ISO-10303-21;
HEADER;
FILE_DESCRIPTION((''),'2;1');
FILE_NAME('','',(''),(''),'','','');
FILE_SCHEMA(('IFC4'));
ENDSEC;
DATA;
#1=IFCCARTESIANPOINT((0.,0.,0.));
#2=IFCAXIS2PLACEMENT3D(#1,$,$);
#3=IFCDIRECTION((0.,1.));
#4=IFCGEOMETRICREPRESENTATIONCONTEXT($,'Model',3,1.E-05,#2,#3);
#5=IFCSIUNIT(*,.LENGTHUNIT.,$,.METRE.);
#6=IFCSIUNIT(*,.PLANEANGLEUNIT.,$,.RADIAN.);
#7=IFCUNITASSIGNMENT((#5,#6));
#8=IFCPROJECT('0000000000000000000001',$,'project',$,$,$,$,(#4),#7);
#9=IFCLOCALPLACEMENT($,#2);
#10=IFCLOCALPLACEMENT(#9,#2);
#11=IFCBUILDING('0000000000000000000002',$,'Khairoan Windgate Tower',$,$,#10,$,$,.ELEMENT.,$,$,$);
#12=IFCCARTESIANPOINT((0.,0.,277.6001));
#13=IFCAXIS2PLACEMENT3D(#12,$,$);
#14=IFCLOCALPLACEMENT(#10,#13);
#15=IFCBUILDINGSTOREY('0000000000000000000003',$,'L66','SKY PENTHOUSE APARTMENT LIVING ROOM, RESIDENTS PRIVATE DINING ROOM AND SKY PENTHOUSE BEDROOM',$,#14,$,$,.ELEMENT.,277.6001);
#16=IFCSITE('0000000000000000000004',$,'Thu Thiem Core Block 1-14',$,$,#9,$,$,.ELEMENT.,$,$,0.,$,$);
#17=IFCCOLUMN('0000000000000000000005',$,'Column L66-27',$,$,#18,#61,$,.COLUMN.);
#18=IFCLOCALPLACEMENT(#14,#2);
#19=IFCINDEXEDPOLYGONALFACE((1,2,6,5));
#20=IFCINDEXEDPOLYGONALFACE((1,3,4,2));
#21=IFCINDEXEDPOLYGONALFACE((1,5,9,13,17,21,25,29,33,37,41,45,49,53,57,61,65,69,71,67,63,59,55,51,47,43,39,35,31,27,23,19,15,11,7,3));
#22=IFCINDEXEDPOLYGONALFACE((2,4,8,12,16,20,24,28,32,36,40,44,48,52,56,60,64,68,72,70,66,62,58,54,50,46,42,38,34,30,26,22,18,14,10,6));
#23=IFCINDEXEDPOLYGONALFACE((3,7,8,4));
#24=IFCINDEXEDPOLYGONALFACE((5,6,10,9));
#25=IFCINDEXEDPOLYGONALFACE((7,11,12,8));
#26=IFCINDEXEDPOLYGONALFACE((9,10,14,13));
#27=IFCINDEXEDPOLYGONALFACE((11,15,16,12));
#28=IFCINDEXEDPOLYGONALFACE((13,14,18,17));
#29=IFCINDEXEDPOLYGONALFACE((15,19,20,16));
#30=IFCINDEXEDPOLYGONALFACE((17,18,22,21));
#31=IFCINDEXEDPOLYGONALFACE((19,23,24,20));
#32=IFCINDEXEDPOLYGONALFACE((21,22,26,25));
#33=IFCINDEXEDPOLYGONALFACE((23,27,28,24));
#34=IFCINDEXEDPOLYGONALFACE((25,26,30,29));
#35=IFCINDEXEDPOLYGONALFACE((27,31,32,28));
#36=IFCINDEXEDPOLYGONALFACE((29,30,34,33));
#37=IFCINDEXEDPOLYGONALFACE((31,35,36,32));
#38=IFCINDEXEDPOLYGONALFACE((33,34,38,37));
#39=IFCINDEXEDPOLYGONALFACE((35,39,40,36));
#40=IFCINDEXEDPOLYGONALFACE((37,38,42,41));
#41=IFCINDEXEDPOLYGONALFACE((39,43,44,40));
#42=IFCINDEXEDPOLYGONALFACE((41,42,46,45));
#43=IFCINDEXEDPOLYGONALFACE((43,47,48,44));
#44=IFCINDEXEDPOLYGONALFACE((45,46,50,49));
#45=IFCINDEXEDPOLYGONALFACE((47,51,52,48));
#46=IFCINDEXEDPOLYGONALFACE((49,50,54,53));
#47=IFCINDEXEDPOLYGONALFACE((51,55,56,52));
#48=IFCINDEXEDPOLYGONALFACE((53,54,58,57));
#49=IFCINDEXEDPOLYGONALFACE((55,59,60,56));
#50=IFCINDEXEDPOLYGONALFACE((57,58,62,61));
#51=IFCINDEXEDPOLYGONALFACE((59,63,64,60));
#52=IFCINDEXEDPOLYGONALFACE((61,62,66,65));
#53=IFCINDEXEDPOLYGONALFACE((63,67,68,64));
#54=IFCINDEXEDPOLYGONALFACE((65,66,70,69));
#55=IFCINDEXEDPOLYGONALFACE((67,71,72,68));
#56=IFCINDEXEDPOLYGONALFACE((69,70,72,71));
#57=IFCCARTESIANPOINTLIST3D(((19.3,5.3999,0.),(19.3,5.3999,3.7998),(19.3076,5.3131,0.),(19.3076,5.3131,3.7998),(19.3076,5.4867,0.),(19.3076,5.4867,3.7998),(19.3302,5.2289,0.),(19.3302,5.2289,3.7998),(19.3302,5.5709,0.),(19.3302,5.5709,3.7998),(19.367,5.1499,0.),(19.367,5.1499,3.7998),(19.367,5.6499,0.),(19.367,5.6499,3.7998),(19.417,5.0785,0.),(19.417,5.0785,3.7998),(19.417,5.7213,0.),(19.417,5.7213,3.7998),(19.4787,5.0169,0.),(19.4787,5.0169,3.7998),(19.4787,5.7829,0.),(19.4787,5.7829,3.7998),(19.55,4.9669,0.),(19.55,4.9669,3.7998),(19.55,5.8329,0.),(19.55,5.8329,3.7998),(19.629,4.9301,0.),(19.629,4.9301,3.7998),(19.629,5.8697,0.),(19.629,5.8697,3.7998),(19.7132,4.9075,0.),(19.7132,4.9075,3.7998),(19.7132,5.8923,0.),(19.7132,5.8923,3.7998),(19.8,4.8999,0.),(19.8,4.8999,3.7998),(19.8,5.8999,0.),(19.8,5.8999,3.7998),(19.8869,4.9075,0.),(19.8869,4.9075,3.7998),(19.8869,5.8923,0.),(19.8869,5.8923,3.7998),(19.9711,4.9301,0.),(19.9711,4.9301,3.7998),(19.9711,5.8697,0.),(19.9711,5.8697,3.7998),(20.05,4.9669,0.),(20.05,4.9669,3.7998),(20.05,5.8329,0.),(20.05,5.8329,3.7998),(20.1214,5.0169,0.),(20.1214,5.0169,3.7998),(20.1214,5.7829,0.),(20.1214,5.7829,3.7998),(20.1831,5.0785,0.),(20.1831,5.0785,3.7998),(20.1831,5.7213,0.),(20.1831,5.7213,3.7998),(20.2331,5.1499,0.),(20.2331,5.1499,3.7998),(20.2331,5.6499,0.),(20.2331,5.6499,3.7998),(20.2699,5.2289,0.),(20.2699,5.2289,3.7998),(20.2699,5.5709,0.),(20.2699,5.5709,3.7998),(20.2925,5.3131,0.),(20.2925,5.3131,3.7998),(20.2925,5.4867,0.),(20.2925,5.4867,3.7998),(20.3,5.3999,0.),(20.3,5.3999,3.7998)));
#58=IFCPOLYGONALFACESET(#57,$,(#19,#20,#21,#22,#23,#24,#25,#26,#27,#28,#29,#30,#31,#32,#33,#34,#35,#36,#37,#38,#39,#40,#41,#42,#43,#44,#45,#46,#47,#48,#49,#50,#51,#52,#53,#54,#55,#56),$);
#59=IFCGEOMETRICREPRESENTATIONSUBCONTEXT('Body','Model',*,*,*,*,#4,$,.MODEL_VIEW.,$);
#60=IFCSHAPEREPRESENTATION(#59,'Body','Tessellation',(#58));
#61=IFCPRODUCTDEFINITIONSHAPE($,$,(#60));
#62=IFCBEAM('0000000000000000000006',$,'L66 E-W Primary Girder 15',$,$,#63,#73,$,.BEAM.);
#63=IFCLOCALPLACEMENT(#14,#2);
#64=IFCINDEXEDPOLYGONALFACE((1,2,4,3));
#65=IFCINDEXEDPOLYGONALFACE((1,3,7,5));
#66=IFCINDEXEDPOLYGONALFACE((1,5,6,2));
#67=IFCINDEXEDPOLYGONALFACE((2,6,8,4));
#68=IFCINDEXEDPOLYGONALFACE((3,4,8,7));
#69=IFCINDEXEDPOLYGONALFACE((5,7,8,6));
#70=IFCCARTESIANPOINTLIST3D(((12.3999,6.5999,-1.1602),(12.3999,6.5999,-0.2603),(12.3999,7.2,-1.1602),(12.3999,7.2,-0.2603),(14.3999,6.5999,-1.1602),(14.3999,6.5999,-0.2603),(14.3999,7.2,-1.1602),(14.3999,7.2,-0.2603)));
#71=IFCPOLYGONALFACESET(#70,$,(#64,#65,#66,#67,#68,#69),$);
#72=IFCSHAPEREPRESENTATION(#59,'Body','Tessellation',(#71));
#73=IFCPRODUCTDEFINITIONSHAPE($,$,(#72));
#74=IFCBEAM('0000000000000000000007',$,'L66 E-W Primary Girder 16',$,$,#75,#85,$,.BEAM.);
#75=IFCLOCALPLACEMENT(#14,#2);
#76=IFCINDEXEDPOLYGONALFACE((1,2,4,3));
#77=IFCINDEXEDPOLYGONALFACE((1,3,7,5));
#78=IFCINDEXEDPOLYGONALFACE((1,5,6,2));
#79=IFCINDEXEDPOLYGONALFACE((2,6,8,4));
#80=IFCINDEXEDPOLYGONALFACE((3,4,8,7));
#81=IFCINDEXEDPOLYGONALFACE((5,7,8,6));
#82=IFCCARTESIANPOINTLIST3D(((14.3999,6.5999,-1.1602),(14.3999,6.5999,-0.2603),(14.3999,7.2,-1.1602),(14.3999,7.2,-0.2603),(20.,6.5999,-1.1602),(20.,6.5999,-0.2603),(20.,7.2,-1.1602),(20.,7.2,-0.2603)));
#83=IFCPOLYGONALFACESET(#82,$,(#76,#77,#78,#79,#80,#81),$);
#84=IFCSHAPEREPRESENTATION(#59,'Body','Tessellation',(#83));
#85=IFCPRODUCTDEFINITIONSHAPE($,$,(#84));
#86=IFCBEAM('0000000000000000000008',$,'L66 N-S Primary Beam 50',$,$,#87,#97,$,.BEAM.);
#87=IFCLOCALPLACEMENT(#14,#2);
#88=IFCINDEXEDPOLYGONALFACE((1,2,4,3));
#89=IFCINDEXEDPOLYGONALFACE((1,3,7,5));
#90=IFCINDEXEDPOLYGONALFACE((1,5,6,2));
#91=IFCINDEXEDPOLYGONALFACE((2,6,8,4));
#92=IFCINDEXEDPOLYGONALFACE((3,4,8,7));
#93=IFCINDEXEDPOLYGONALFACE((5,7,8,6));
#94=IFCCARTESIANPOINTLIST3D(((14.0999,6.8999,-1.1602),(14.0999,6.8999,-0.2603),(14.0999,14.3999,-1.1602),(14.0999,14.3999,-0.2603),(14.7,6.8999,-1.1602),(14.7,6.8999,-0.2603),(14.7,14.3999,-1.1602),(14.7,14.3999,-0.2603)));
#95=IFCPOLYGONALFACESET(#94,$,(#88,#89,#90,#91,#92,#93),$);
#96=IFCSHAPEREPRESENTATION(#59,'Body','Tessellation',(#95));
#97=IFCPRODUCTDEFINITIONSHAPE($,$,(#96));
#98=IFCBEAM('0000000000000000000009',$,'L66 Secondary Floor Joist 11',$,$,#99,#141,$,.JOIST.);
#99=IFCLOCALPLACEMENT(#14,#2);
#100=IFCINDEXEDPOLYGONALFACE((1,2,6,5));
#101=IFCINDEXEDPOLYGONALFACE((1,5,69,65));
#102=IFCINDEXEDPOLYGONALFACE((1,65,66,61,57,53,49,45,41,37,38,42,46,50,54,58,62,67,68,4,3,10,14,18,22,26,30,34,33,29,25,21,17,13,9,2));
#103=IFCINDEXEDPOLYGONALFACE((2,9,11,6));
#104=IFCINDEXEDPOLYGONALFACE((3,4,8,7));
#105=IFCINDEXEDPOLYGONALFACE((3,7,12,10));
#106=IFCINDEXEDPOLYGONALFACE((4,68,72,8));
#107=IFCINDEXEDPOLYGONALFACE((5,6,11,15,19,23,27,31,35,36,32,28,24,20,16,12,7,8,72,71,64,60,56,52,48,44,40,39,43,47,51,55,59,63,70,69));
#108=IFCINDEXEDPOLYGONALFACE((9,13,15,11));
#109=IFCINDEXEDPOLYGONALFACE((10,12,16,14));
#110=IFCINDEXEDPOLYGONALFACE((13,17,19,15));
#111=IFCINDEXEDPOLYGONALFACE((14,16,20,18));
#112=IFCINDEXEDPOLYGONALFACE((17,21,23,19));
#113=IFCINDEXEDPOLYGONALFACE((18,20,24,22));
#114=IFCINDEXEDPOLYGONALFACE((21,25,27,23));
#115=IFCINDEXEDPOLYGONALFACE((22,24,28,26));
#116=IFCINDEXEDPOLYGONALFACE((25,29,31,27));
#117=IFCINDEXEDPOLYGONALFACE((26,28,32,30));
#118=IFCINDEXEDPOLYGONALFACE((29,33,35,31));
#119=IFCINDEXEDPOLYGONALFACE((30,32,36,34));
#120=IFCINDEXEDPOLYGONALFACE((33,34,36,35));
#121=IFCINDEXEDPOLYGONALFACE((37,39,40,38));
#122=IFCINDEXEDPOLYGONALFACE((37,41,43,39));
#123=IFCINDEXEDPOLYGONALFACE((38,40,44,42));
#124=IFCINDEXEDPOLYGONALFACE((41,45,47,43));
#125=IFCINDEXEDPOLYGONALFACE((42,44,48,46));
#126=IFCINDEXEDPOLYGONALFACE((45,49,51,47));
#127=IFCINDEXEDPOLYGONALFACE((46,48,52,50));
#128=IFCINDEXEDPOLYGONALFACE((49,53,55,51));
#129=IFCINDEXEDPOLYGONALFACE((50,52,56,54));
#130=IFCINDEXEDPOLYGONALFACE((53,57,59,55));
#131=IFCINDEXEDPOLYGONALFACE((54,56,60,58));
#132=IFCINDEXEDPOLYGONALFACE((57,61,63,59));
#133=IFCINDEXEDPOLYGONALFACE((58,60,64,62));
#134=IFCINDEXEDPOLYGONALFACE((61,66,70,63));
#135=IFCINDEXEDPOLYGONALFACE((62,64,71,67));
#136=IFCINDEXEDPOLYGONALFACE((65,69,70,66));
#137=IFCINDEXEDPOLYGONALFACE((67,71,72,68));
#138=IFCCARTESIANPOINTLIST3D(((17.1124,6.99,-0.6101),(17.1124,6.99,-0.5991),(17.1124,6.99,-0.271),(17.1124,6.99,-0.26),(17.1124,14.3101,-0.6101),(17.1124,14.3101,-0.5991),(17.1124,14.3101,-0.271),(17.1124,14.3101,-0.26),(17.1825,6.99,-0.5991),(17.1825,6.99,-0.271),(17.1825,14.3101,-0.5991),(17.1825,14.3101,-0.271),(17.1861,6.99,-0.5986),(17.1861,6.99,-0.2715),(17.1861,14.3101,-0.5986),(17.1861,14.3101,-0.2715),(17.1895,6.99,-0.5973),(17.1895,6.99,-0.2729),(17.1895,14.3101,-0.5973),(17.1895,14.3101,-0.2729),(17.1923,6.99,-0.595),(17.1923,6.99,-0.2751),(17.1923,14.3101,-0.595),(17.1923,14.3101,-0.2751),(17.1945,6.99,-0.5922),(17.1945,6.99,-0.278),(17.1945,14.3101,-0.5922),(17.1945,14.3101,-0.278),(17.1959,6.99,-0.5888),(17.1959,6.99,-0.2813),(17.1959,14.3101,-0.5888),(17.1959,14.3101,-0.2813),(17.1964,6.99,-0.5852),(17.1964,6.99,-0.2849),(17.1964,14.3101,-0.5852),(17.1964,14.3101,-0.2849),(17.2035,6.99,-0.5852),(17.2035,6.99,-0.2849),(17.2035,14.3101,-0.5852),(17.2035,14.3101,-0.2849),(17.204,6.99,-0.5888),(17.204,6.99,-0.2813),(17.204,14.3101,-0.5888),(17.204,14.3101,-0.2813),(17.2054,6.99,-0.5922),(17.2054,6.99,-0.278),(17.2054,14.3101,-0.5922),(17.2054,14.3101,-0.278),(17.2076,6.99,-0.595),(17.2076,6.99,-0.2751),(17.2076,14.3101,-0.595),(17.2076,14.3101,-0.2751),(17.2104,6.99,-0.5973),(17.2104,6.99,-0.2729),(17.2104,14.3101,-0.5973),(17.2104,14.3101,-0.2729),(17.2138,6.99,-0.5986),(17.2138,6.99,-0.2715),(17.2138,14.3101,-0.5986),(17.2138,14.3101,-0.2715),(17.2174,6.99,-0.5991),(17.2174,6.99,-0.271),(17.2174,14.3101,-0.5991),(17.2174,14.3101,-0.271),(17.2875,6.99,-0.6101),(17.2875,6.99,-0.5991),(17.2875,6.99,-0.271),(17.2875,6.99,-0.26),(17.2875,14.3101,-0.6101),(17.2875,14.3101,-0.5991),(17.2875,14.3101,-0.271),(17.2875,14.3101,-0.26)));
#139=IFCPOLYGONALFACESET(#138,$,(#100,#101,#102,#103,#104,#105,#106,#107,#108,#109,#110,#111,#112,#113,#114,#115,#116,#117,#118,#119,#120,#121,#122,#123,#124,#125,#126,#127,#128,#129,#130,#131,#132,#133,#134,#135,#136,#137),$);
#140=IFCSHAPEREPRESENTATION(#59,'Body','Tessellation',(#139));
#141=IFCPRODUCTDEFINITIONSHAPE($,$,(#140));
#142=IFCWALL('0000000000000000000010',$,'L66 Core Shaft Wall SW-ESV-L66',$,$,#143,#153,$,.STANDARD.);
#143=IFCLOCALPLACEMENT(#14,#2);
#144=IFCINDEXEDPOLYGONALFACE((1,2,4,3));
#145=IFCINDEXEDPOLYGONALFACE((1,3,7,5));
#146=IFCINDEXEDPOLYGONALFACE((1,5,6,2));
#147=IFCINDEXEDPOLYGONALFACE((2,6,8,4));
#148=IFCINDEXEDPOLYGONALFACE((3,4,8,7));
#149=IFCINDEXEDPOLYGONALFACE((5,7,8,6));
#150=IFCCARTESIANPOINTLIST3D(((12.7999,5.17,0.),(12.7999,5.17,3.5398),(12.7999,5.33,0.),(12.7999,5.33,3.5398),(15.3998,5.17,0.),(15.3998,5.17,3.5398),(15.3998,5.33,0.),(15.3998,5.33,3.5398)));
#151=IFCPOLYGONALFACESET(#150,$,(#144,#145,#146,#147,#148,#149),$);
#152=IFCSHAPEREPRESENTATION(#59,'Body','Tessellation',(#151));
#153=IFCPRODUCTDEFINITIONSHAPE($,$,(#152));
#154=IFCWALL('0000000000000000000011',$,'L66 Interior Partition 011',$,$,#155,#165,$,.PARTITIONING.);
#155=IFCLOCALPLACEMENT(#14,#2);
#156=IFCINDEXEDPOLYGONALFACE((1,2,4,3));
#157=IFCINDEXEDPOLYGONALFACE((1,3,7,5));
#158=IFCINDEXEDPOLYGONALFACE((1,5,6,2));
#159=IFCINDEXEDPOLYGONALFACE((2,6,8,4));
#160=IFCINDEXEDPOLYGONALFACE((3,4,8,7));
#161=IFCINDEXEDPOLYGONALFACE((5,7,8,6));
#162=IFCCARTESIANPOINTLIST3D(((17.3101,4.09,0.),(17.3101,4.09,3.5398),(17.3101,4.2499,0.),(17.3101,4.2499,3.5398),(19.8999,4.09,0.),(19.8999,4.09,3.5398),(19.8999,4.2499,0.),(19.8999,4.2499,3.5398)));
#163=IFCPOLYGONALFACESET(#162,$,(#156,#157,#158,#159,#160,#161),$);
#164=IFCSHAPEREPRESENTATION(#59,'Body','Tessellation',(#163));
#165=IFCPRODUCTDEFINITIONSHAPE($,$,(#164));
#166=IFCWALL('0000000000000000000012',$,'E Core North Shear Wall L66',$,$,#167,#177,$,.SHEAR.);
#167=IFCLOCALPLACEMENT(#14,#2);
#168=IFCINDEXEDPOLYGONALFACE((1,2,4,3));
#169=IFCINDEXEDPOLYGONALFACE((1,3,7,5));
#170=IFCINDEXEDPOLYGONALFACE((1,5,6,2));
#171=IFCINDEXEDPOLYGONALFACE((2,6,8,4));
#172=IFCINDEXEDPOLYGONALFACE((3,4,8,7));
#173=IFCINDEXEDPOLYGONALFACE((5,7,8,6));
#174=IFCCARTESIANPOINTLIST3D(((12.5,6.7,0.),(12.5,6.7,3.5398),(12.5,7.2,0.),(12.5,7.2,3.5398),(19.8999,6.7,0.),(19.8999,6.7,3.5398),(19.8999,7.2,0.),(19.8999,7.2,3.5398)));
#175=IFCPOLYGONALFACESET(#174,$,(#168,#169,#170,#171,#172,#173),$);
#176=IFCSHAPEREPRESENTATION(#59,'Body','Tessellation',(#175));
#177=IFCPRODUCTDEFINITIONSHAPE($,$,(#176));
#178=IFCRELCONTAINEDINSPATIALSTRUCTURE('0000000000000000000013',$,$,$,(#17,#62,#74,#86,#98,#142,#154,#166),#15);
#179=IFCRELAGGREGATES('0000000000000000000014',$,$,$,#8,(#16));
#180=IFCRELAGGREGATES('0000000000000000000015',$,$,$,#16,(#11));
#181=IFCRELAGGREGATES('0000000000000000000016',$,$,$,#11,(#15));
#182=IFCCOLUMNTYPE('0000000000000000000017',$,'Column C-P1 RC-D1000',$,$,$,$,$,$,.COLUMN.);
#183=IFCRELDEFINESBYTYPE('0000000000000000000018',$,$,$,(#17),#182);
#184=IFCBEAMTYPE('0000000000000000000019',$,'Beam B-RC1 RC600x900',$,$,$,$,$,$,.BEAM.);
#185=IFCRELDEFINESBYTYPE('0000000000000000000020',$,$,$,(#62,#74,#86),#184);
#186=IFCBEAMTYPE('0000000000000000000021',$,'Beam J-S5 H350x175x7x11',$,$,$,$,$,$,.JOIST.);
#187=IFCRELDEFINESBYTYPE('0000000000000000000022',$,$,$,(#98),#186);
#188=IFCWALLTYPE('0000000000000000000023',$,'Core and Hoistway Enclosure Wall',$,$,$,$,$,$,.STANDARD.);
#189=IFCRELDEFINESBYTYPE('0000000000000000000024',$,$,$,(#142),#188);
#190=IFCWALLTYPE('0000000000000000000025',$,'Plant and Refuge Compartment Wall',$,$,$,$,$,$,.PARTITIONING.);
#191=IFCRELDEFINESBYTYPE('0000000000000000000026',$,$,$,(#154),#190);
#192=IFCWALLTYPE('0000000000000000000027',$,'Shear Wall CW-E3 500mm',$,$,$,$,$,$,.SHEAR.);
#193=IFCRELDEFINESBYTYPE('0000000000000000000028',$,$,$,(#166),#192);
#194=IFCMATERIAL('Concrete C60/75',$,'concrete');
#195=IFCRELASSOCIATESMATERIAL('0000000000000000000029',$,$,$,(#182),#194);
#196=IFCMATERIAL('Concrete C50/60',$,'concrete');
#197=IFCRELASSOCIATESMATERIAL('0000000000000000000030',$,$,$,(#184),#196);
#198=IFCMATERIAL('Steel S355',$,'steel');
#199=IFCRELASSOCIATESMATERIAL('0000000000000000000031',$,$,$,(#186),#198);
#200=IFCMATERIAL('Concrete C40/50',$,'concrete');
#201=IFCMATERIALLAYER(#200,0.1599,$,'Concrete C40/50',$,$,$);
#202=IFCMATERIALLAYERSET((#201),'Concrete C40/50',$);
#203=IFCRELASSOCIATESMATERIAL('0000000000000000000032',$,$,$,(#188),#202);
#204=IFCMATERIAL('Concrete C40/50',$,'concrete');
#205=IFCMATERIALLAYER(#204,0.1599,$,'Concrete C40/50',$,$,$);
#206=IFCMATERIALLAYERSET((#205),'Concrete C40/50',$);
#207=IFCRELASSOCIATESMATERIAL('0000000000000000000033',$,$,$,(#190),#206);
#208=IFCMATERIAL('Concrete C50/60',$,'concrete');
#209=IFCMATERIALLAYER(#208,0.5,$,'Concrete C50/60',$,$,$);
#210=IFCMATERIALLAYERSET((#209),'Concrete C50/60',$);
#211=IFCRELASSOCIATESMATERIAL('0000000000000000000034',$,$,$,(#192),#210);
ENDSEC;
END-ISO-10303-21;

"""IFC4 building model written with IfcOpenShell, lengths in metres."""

from ifc_helpers import new_model, si_unit, direction, frame, frame_2d, origin, origin_2d, place, context, subcontext, project, spatial, rectangle, circle, i_section, extrude, material, layer, layer_set, material_profile, profile_set, type_object, element, save


model = new_model("IFC4")

# Units and contexts
model_context = context("Model", 3, precision=1e-05, world=origin(), true_north=direction((0.0, 1.0)))
body_context = subcontext(model_context, "Body", "Model", "MODEL_VIEW")
ifc_project = project(units=[si_unit("LENGTHUNIT", "METRE"), si_unit("PLANEANGLEUNIT", "RADIAN")], contexts=[model_context])

# Site, building, storey
site_placement = place(None, origin())
site = spatial("IfcSite", under=ifc_project, at=site_placement, Name="Thu Thiem Core Block 1-14", CompositionType="ELEMENT", RefElevation=0.0)
building_placement = place(site_placement, origin())
building = spatial("IfcBuilding", under=site, at=building_placement, Name="Khairoan Windgate Tower", CompositionType="ELEMENT")
storey_placement = place(building_placement, frame((0.0, 0.0, 277.6001)))
storey = spatial("IfcBuildingStorey", under=building, at=storey_placement, Name="L66", Description="SKY PENTHOUSE APARTMENT LIVING ROOM, RESIDENTS PRIVATE DINING ROOM AND SKY PENTHOUSE BEDROOM", CompositionType="ELEMENT", Elevation=277.6001)

# Column
ifc_material_1 = material(Name="Concrete C60/75", Category="concrete")
ifc_material_profile_1 = material_profile(ifc_material_1, circle(Radius=0.5, at=origin_2d()))
ifc_profile_set_1 = profile_set([ifc_material_profile_1], Name="Concrete C60/75")
column_type = type_object("IfcColumnType", Name="Column C-P1 RC-D1000", PredefinedType="COLUMN", material=ifc_profile_set_1)
column_placement = place(storey_placement, frame((19.8, 5.3999, 0.0), z_axis=(0.0, 0.0, 1.0), x_axis=(1.0, 0.0, 0.0)))
element("IfcColumn", 1, at=column_placement, inside=storey, type_object=column_type, Name="Column L66-27", PredefinedType="COLUMN", context=body_context, shape_type="SweptSolid", body=[
    extrude(circle(Radius=0.5, at=origin_2d()), origin(), (0.0, 0.0, 1.0), 3.7998),
])

# Beams
ifc_material_2 = material(Name="Concrete C50/60", Category="concrete")
ifc_material_profile_2 = material_profile(ifc_material_2, rectangle(XDim=0.6001, YDim=0.8999, at=origin_2d()))
ifc_profile_set_2 = profile_set([ifc_material_profile_2], Name="Concrete C50/60")
beam_type_1 = type_object("IfcBeamType", Name="Beam B-RC1 RC600x900", PredefinedType="BEAM", material=ifc_profile_set_2)
beam_1_placement = place(storey_placement, frame((12.3999, 6.8999, -0.7102), z_axis=(1.0, 0.0, 0.0), x_axis=(0.0, 1.0, 0.0)))
element("IfcBeam", 2, at=beam_1_placement, inside=storey, type_object=beam_type_1, Name="L66 E-W Primary Girder 15", PredefinedType="BEAM", context=body_context, shape_type="SweptSolid", body=[
    extrude(rectangle(XDim=0.6001, YDim=0.8999, at=origin_2d()), origin(), (0.0, 0.0, 1.0), 2.0),
])
beam_2_placement = place(storey_placement, frame((14.3999, 6.8999, -0.7102), z_axis=(1.0, 0.0, 0.0), x_axis=(0.0, 1.0, 0.0)))
element("IfcBeam", 3, at=beam_2_placement, inside=storey, type_object=beam_type_1, Name="L66 E-W Primary Girder 16", PredefinedType="BEAM", context=body_context, shape_type="SweptSolid", body=[
    extrude(rectangle(XDim=0.6001, YDim=0.8999, at=origin_2d()), origin(), (0.0, 0.0, 1.0), 5.6001),
])
beam_3_placement = place(storey_placement, frame((14.3999, 6.8999, -0.7102), z_axis=(0.0, 1.0, 0.0), x_axis=(-1.0, 0.0, 0.0)))
element("IfcBeam", 4, at=beam_3_placement, inside=storey, type_object=beam_type_1, Name="L66 N-S Primary Beam 50", PredefinedType="BEAM", context=body_context, shape_type="SweptSolid", body=[
    extrude(rectangle(XDim=0.6001, YDim=0.8999, at=origin_2d()), origin(), (0.0, 0.0, 1.0), 7.5),
])
ifc_material_3 = material(Name="Steel S355", Category="steel")
ifc_material_profile_3 = material_profile(ifc_material_3, i_section(OverallWidth=0.175, OverallDepth=0.3501, WebThickness=0.0071, FlangeThickness=0.011, FilletRadius=0.0139, at=origin_2d()))
ifc_profile_set_3 = profile_set([ifc_material_profile_3], Name="Steel S355")
beam_type_2 = type_object("IfcBeamType", Name="Beam J-S5 H350x175x7x11", PredefinedType="JOIST", material=ifc_profile_set_3)
beam_4_placement = place(storey_placement, frame((17.2, 6.99, -0.4351), z_axis=(0.0, 1.0, 0.0), x_axis=(-1.0, 0.0, 0.0)))
element("IfcBeam", 5, at=beam_4_placement, inside=storey, type_object=beam_type_2, Name="L66 Secondary Floor Joist 11", PredefinedType="JOIST", context=body_context, shape_type="SweptSolid", body=[
    extrude(i_section(OverallWidth=0.175, OverallDepth=0.3501, WebThickness=0.0071, FlangeThickness=0.011, FilletRadius=0.0139, at=origin_2d()), origin(), (0.0, 0.0, 1.0), 7.3201),
])

# Walls
ifc_material_4 = material(Name="Concrete C40/50", Category="concrete")
ifc_layer_1 = layer(ifc_material_4, 0.1599, Name="Concrete C40/50")
ifc_layer_set_1 = layer_set([ifc_layer_1], Name="Concrete C40/50")
wall_type_1 = type_object("IfcWallType", Name="Core and Hoistway Enclosure Wall", PredefinedType="STANDARD", material=ifc_layer_set_1)
wall_1_placement = place(storey_placement, frame((12.8, 5.25, 0.0), z_axis=(0.0, 0.0, 1.0), x_axis=(1.0, 0.0, 0.0)))
element("IfcWall", 6, at=wall_1_placement, inside=storey, type_object=wall_type_1, Name="L66 Core Shaft Wall SW-ESV-L66", PredefinedType="STANDARD", context=body_context, shape_type="SweptSolid", body=[
    extrude(rectangle(XDim=2.5999, YDim=0.1599, at=frame_2d((1.2998, 0.0))), origin(), (0.0, 0.0, 1.0), 3.5398),
])
ifc_material_5 = material(Name="Concrete C40/50", Category="concrete")
ifc_layer_2 = layer(ifc_material_5, 0.1599, Name="Concrete C40/50")
ifc_layer_set_2 = layer_set([ifc_layer_2], Name="Concrete C40/50")
wall_type_2 = type_object("IfcWallType", Name="Plant and Refuge Compartment Wall", PredefinedType="PARTITIONING", material=ifc_layer_set_2)
wall_2_placement = place(storey_placement, frame((17.3101, 4.1699, 0.0), z_axis=(0.0, 0.0, 1.0), x_axis=(1.0, 0.0, 0.0)))
element("IfcWall", 7, at=wall_2_placement, inside=storey, type_object=wall_type_2, Name="L66 Interior Partition 011", PredefinedType="PARTITIONING", context=body_context, shape_type="SweptSolid", body=[
    extrude(rectangle(XDim=2.5898, YDim=0.1599, at=frame_2d((1.2949, 0.0))), origin(), (0.0, 0.0, 1.0), 3.5398),
])
ifc_material_6 = material(Name="Concrete C50/60", Category="concrete")
ifc_layer_3 = layer(ifc_material_6, 0.5, Name="Concrete C50/60")
ifc_layer_set_3 = layer_set([ifc_layer_3], Name="Concrete C50/60")
wall_type_3 = type_object("IfcWallType", Name="Shear Wall CW-E3 500mm", PredefinedType="SHEAR", material=ifc_layer_set_3)
wall_3_placement = place(storey_placement, frame((12.5, 6.95, 0.0), z_axis=(0.0, 0.0, 1.0), x_axis=(1.0, 0.0, 0.0)))
element("IfcWall", 8, at=wall_3_placement, inside=storey, type_object=wall_type_3, Name="E Core North Shear Wall L66", PredefinedType="SHEAR", context=body_context, shape_type="SweptSolid", body=[
    extrude(rectangle(XDim=7.3999, YDim=0.5, at=frame_2d((3.7, 0.0))), origin(), (0.0, 0.0, 1.0), 3.5398),
])

save(model, "model.ifc")
